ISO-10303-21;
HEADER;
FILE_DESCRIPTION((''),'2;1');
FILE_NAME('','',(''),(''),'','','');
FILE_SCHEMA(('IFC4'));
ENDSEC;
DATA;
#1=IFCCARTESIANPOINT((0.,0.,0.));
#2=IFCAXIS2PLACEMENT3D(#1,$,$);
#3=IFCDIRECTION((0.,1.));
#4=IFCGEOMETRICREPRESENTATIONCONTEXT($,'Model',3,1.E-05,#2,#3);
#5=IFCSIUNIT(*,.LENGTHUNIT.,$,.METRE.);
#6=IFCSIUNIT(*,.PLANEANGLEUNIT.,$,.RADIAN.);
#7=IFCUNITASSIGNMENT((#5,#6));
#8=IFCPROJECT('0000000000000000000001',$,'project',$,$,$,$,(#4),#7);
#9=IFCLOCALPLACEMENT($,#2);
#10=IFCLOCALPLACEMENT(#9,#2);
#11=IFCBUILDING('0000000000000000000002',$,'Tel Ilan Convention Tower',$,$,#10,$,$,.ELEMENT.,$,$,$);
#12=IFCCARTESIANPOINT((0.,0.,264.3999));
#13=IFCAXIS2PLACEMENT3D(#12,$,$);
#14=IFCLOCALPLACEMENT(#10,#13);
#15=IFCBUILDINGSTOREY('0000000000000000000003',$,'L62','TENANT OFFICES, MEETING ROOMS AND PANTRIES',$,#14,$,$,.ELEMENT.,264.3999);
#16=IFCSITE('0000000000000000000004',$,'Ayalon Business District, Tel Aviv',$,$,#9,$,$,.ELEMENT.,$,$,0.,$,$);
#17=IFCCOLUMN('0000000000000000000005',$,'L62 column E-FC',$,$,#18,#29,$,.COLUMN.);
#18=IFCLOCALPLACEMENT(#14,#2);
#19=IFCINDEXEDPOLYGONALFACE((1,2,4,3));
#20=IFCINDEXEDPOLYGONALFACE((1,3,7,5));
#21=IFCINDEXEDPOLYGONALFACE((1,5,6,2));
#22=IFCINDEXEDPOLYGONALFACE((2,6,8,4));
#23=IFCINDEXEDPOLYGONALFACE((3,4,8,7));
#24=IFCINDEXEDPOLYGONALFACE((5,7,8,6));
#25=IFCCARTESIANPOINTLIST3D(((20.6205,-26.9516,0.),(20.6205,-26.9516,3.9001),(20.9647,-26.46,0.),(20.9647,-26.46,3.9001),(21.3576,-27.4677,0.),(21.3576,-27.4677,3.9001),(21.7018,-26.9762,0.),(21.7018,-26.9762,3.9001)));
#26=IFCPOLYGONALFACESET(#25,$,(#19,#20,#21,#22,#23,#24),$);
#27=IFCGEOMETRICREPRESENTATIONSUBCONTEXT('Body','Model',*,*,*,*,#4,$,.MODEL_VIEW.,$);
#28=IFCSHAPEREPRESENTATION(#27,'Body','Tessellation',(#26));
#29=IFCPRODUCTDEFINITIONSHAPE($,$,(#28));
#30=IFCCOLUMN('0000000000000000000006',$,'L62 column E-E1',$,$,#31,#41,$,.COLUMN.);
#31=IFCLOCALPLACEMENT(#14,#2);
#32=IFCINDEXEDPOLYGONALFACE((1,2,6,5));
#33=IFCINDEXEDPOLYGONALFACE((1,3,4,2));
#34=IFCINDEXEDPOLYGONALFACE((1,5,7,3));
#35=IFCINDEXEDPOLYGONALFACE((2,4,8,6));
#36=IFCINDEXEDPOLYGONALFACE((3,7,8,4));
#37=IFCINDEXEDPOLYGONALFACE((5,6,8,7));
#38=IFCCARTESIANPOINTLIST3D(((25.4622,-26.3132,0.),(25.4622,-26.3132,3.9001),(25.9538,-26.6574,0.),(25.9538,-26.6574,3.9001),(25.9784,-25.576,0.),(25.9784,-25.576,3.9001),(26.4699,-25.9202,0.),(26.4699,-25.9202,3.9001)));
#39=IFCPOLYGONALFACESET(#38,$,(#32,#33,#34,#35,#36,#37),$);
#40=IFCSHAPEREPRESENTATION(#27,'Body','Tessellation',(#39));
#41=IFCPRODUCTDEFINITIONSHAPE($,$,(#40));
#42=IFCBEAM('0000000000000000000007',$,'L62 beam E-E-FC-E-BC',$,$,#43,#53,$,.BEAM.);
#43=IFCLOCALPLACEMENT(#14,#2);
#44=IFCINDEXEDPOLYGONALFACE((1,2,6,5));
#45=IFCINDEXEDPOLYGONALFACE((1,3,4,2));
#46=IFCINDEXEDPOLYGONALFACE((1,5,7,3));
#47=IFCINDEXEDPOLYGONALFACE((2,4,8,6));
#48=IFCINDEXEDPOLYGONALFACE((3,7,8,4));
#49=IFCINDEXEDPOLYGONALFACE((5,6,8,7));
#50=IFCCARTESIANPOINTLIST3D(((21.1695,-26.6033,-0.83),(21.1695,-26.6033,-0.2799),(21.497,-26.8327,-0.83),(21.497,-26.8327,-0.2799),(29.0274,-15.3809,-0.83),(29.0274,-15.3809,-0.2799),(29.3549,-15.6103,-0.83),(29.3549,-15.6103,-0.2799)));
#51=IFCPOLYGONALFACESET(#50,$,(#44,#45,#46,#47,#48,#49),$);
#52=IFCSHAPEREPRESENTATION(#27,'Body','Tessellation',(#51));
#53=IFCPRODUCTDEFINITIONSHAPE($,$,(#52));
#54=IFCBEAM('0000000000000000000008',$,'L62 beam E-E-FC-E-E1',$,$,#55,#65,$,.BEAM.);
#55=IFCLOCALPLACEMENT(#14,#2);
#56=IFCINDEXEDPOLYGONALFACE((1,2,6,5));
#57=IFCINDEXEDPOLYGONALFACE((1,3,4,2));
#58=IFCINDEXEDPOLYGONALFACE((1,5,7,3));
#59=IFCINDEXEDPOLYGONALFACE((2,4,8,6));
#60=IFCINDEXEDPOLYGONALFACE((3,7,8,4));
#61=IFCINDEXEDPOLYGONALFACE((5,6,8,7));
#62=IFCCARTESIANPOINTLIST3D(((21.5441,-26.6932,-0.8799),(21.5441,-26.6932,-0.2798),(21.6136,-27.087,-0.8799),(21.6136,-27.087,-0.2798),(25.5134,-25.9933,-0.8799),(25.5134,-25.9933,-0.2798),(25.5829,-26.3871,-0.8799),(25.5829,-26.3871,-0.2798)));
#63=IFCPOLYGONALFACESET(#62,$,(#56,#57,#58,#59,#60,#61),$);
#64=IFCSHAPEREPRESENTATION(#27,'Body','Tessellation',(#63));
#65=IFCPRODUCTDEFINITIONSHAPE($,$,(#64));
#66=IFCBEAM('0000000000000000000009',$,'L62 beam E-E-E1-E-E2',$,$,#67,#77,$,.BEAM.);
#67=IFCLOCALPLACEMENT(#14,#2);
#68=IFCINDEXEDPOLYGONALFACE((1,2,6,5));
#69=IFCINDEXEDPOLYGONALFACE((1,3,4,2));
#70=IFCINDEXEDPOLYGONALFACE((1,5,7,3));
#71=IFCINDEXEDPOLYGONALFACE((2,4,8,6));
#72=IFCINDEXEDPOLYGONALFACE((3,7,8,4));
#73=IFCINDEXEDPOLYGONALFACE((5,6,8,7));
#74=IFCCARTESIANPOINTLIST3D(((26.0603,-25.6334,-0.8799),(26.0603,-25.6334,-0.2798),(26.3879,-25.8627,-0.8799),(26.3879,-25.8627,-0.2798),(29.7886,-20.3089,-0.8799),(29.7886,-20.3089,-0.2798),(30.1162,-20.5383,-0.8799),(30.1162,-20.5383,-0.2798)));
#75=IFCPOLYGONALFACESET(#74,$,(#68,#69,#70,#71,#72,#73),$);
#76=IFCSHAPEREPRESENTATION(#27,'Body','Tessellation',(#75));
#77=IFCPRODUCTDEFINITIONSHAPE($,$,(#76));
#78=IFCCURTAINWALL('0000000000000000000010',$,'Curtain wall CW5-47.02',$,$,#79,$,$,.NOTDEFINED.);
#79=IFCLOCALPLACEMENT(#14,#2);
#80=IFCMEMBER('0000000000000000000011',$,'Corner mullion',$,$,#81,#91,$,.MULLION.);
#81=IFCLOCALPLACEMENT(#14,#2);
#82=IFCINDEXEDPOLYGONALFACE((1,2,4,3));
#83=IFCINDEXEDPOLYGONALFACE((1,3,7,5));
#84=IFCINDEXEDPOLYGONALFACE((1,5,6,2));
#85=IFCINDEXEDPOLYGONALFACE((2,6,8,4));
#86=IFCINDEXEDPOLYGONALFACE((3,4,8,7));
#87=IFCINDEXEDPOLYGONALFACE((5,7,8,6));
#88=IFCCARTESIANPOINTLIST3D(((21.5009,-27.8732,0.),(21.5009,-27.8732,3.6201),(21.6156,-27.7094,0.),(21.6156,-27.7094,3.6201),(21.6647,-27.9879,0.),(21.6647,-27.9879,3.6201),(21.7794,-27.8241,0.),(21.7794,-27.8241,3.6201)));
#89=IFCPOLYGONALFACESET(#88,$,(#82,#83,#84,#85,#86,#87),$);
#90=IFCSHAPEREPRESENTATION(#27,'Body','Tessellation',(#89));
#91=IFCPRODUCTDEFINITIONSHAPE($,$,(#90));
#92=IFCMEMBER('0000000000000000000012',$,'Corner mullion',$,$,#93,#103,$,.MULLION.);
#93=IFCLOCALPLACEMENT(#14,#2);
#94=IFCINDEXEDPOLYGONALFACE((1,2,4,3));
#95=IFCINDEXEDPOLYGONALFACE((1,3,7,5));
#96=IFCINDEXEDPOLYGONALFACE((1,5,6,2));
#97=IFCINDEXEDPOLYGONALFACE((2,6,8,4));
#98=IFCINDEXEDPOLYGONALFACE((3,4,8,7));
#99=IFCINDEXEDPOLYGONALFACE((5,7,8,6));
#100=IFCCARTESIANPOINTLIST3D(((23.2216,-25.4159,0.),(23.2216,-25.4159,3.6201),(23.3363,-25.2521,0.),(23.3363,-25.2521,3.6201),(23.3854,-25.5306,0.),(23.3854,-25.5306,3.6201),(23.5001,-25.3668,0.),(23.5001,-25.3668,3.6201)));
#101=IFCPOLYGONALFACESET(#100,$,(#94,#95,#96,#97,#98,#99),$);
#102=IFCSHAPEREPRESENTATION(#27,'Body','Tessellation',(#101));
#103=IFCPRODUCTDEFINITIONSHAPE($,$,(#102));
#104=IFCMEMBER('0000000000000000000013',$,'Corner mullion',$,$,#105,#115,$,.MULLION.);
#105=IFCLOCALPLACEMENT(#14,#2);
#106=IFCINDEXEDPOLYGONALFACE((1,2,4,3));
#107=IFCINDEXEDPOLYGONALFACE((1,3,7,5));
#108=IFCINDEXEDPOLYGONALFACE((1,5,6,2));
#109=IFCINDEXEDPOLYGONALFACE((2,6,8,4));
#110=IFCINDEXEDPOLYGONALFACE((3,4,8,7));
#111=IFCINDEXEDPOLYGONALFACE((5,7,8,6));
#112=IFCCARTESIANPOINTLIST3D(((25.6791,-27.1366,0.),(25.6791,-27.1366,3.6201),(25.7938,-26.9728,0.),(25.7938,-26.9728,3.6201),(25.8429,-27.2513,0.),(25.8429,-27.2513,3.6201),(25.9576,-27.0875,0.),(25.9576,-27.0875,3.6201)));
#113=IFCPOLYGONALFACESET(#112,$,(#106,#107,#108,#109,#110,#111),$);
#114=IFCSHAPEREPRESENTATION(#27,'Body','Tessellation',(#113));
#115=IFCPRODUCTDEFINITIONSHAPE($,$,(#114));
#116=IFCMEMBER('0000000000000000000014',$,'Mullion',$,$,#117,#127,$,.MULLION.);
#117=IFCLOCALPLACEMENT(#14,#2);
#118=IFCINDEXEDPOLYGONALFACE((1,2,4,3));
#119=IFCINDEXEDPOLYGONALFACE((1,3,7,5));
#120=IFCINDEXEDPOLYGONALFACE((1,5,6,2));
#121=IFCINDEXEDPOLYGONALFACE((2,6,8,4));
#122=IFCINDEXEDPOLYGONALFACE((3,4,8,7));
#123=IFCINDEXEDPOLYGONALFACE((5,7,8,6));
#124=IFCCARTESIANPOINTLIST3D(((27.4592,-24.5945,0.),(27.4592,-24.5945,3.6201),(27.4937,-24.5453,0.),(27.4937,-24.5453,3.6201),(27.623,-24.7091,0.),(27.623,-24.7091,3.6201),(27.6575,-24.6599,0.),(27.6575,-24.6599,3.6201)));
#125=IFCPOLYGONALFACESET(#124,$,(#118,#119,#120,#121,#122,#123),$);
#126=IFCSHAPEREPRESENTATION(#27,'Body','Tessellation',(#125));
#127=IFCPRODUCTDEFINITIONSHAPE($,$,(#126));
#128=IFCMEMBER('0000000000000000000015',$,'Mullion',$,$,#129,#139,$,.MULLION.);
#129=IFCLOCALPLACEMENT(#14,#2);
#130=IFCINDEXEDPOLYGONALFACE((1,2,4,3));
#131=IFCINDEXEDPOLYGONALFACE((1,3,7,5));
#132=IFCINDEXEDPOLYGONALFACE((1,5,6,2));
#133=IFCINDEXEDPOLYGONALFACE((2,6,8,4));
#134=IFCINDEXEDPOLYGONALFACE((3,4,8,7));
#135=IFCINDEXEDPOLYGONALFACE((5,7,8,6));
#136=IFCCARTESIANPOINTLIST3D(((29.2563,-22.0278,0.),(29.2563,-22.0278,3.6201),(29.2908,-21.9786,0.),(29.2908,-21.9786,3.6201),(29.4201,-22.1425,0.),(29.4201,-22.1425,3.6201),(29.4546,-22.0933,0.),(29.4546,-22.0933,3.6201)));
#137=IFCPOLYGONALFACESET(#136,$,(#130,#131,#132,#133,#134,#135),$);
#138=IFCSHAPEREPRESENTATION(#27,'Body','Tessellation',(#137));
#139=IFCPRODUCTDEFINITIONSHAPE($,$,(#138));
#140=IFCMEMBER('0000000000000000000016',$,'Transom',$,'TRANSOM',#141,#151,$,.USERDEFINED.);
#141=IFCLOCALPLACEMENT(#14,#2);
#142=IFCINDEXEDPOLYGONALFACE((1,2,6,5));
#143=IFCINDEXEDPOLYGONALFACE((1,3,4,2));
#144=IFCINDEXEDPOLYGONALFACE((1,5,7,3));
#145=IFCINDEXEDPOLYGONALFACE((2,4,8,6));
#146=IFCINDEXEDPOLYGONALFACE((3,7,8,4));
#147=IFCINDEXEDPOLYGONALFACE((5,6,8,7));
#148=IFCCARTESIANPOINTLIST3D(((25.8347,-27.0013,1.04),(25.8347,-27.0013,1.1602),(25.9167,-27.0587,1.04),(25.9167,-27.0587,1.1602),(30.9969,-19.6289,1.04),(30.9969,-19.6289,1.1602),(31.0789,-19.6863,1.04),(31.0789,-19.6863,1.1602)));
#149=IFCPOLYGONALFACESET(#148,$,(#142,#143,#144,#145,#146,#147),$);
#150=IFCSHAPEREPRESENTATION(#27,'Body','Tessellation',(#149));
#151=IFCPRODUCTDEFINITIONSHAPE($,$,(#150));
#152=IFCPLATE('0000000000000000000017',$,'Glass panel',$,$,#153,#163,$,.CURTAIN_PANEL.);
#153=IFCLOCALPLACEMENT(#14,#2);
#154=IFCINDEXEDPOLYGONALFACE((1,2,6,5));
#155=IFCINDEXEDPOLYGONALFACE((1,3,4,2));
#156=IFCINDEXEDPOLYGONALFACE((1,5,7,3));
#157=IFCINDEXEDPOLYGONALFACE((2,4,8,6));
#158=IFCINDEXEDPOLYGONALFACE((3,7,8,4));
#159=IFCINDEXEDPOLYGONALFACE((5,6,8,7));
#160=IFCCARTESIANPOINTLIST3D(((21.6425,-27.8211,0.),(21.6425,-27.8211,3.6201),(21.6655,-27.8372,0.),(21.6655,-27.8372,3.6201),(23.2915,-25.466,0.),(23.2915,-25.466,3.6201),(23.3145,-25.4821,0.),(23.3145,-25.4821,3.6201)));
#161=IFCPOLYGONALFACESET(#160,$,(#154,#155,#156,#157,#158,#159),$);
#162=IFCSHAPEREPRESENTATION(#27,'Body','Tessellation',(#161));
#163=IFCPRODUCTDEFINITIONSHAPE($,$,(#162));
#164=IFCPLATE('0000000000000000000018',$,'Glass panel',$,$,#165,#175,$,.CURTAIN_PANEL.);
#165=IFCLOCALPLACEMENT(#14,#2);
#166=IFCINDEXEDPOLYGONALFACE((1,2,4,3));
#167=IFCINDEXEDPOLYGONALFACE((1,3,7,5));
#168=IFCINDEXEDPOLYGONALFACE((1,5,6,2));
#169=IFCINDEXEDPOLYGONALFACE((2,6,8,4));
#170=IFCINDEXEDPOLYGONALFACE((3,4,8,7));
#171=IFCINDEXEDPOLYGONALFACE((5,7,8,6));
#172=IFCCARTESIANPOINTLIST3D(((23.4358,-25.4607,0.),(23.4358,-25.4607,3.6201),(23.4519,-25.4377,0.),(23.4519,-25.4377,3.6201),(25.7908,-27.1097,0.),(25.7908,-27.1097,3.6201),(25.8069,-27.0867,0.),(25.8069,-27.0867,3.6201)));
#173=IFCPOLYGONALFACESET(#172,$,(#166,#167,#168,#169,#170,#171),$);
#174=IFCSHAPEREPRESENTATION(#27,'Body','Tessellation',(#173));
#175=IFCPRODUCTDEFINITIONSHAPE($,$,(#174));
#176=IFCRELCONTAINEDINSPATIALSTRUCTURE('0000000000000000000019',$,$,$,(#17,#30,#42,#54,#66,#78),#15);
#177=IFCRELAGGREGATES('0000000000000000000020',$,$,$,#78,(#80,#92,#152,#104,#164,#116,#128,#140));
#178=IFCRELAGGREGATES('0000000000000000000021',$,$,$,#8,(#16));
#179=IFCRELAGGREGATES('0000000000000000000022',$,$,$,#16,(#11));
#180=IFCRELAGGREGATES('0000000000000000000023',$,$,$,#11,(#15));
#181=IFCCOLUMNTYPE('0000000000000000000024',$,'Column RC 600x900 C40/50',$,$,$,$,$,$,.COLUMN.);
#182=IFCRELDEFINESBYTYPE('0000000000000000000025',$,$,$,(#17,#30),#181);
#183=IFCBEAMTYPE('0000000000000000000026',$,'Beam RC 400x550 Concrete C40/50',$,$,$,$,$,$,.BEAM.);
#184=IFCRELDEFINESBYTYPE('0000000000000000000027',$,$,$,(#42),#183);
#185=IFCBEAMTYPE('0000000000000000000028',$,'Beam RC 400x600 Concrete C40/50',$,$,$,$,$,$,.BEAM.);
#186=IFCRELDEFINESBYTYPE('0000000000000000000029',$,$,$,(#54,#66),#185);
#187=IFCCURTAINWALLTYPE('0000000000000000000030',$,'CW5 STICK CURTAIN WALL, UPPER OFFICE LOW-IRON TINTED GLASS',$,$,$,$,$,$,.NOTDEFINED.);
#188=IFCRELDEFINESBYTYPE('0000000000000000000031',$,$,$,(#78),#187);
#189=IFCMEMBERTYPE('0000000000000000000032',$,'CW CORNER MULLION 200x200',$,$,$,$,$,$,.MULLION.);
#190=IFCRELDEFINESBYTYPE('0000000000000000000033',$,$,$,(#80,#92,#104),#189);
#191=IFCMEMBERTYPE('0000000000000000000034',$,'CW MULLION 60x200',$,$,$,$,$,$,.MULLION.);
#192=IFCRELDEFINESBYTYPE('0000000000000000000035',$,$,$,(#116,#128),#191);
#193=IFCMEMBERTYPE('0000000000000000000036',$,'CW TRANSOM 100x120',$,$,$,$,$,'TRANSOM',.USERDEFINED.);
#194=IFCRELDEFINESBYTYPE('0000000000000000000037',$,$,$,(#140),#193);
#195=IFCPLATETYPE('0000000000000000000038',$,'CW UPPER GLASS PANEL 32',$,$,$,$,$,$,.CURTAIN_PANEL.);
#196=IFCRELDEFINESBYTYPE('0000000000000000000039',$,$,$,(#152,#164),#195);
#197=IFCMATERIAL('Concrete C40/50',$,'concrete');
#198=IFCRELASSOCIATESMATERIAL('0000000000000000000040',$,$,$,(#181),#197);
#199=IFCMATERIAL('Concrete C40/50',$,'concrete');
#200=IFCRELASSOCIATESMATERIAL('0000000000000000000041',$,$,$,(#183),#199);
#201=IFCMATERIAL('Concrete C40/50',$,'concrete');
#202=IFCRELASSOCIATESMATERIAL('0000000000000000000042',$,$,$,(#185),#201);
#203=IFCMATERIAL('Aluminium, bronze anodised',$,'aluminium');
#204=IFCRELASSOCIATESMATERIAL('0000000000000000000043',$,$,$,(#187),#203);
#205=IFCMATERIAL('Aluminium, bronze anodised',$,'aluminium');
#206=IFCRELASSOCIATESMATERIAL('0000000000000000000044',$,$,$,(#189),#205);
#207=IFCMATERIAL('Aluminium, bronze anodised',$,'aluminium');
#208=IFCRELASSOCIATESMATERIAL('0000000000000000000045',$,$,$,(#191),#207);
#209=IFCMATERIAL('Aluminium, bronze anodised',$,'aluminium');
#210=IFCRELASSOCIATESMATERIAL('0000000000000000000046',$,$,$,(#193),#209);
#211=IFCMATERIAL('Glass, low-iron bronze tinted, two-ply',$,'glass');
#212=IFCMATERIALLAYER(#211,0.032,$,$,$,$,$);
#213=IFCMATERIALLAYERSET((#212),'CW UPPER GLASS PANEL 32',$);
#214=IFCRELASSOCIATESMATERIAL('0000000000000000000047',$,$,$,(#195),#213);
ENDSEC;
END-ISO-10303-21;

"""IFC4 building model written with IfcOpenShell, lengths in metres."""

from ifc_helpers import new_model, si_unit, direction, frame, origin, origin_2d, place, context, subcontext, project, spatial, rectangle, extrude, material, layer, layer_set, material_profile, profile_set, type_object, element, aggregate, save


model = new_model("IFC4")

# Units and contexts
model_context = context("Model", 3, precision=1e-05, world=origin(), true_north=direction((0.0, 1.0)))
body_context = subcontext(model_context, "Body", "Model", "MODEL_VIEW")
ifc_project = project(units=[si_unit("LENGTHUNIT", "METRE"), si_unit("PLANEANGLEUNIT", "RADIAN")], contexts=[model_context])

# Site, building, storey
site_placement = place(None, origin())
site = spatial("IfcSite", under=ifc_project, at=site_placement, Name="Ayalon Business District, Tel Aviv", CompositionType="ELEMENT", RefElevation=0.0)
building_placement = place(site_placement, origin())
building = spatial("IfcBuilding", under=site, at=building_placement, Name="Tel Ilan Convention Tower", CompositionType="ELEMENT")
storey_placement = place(building_placement, frame((0.0, 0.0, 264.3999)))
storey = spatial("IfcBuildingStorey", under=building, at=storey_placement, Name="L62", Description="TENANT OFFICES, MEETING ROOMS AND PANTRIES", CompositionType="ELEMENT", Elevation=264.3999)

# Columns
ifc_material_1 = material(Name="Concrete C40/50", Category="concrete")
ifc_material_profile_1 = material_profile(ifc_material_1, rectangle(XDim=0.8999, YDim=0.6001, at=origin_2d()), Name="RC 600x900")
ifc_profile_set_1 = profile_set([ifc_material_profile_1], Name="Concrete C40/50")
column_type = type_object("IfcColumnType", Name="Column RC 600x900 C40/50", PredefinedType="COLUMN", material=ifc_profile_set_1)
for number, where, z_axis, x_axis, name in (
    (1, (21.1611, -26.9639, 0.0), (0.0, 0.0, 1.0), (0.819152, -0.573576, 0.0), "L62 column E-FC"),
    (2, (25.9661, -26.1167, 0.0), (0.0, 0.0, 1.0), (0.573576, 0.819152, 0.0), "L62 column E-E1"),
):
    element("IfcColumn", number, at=place(storey_placement, frame(where, z_axis=z_axis, x_axis=x_axis)), inside=storey, type_object=column_type, Name=name, PredefinedType="COLUMN", context=body_context, shape_type="SweptSolid", body=[
        extrude(rectangle(XDim=0.8999, YDim=0.6001, at=origin_2d()), origin(), (0.0, 0.0, 1.0), 3.9001),
    ])

# Beams
ifc_material_2 = material(Name="Concrete C40/50", Category="concrete")
ifc_material_profile_2 = material_profile(ifc_material_2, rectangle(XDim=0.3999, YDim=0.55, at=origin_2d()), Name="RC 400x550")
ifc_profile_set_2 = profile_set([ifc_material_profile_2], Name="Concrete C40/50")
beam_type_1 = type_object("IfcBeamType", Name="Beam RC 400x550 Concrete C40/50", PredefinedType="BEAM", material=ifc_profile_set_2)
beam_1_placement = place(storey_placement, frame((21.3333, -26.718, -0.5549), z_axis=(0.573571, 0.819156, 0.0), x_axis=(-0.819156, 0.573571, 0.0)))
element("IfcBeam", 3, at=beam_1_placement, inside=storey, type_object=beam_type_1, Name="L62 beam E-E-FC-E-BC", PredefinedType="BEAM", context=body_context, shape_type="SweptSolid", body=[
    extrude(rectangle(XDim=0.3999, YDim=0.55, at=origin_2d()), origin(), (0.0, 0.0, 1.0), 13.7),
])
ifc_material_3 = material(Name="Concrete C40/50", Category="concrete")
ifc_material_profile_3 = material_profile(ifc_material_3, rectangle(XDim=0.3999, YDim=0.6001, at=origin_2d()), Name="RC 400x600")
ifc_profile_set_3 = profile_set([ifc_material_profile_3], Name="Concrete C40/50")
beam_type_2 = type_object("IfcBeamType", Name="Beam RC 400x600 Concrete C40/50", PredefinedType="BEAM", material=ifc_profile_set_3)
beam_2_placement = place(storey_placement, frame((21.5789, -26.8901, -0.5798), z_axis=(0.984805, 0.173664, 0.0), x_axis=(-0.173664, 0.984805, 0.0)))
element("IfcBeam", 4, at=beam_2_placement, inside=storey, type_object=beam_type_2, Name="L62 beam E-E-FC-E-E1", PredefinedType="BEAM", context=body_context, shape_type="SweptSolid", body=[
    extrude(rectangle(XDim=0.3999, YDim=0.6001, at=origin_2d()), origin(), (0.0, 0.0, 1.0), 4.0305),
])
beam_3_placement = place(storey_placement, frame((26.2241, -25.748, -0.5798), z_axis=(0.573581, 0.819149, 0.0), x_axis=(-0.819149, 0.573581, 0.0)))
element("IfcBeam", 5, at=beam_3_placement, inside=storey, type_object=beam_type_2, Name="L62 beam E-E-E1-E-E2", PredefinedType="BEAM", context=body_context, shape_type="SweptSolid", body=[
    extrude(rectangle(XDim=0.3999, YDim=0.6001, at=origin_2d()), origin(), (0.0, 0.0, 1.0), 6.5),
])

# Curtain wall, members, plates
ifc_material_4 = material(Name="Aluminium, bronze anodised", Category="aluminium")
curtain_wall_type = type_object("IfcCurtainWallType", Name="CW5 STICK CURTAIN WALL, UPPER OFFICE LOW-IRON TINTED GLASS", PredefinedType="NOTDEFINED", material=ifc_material_4)
curtain_wall_placement = place(storey_placement, origin())
curtain_wall = element("IfcCurtainWall", 6, at=curtain_wall_placement, inside=storey, type_object=curtain_wall_type, Name="Curtain wall CW5-47.02", PredefinedType="NOTDEFINED")
ifc_material_5 = material(Name="Aluminium, bronze anodised", Category="aluminium")
ifc_material_profile_4 = material_profile(ifc_material_5, rectangle(XDim=0.2, YDim=0.2, at=origin_2d()), Name="CW CORNER MULLION 200x200")
ifc_profile_set_4 = profile_set([ifc_material_profile_4], Name="Aluminium, bronze anodised")
member_type_1 = type_object("IfcMemberType", Name="CW CORNER MULLION 200x200", PredefinedType="MULLION", material=ifc_profile_set_4)
member_1_placement = place(storey_placement, frame((21.6401, -27.8486, 0.0), z_axis=(0.0, 0.0, 1.0), x_axis=(0.819152, -0.573576, 0.0)))
member_1 = element("IfcMember", 7, at=member_1_placement, type_object=member_type_1, Name="Corner mullion", PredefinedType="MULLION", context=body_context, shape_type="SweptSolid", body=[
    extrude(rectangle(XDim=0.2, YDim=0.2, at=origin_2d()), origin(), (0.0, 0.0, 1.0), 3.6201),
])
member_2_placement = place(storey_placement, frame((23.3608, -25.3914, 0.0), z_axis=(0.0, 0.0, 1.0), x_axis=(0.573576, 0.819152, 0.0)))
member_2 = element("IfcMember", 8, at=member_2_placement, type_object=member_type_1, Name="Corner mullion", PredefinedType="MULLION", context=body_context, shape_type="SweptSolid", body=[
    extrude(rectangle(XDim=0.2, YDim=0.2, at=origin_2d()), origin(), (0.0, 0.0, 1.0), 3.6201),
])
member_3_placement = place(storey_placement, frame((25.8184, -27.1121, 0.0), z_axis=(0.0, 0.0, 1.0), x_axis=(0.819152, -0.573576, 0.0)))
member_3 = element("IfcMember", 9, at=member_3_placement, type_object=member_type_1, Name="Corner mullion", PredefinedType="MULLION", context=body_context, shape_type="SweptSolid", body=[
    extrude(rectangle(XDim=0.2, YDim=0.2, at=origin_2d()), origin(), (0.0, 0.0, 1.0), 3.6201),
])
ifc_material_6 = material(Name="Aluminium, bronze anodised", Category="aluminium")
ifc_material_profile_5 = material_profile(ifc_material_6, rectangle(XDim=0.0601, YDim=0.2, at=origin_2d()), Name="CW MULLION 60x200")
ifc_profile_set_5 = profile_set([ifc_material_profile_5], Name="Aluminium, bronze anodised")
member_type_2 = type_object("IfcMemberType", Name="CW MULLION 60x200", PredefinedType="MULLION", material=ifc_profile_set_5)
member_4_placement = place(storey_placement, frame((27.5583, -24.6272, 0.0), z_axis=(0.0, 0.0, 1.0), x_axis=(0.573576, 0.819152, 0.0)))
member_4 = element("IfcMember", 10, at=member_4_placement, type_object=member_type_2, Name="Mullion", PredefinedType="MULLION", context=body_context, shape_type="SweptSolid", body=[
    extrude(rectangle(XDim=0.0601, YDim=0.2, at=origin_2d()), origin(), (0.0, 0.0, 1.0), 3.6201),
])
member_5_placement = place(storey_placement, frame((29.3555, -22.0605, 0.0), z_axis=(0.0, 0.0, 1.0), x_axis=(0.573576, 0.819152, 0.0)))
member_5 = element("IfcMember", 11, at=member_5_placement, type_object=member_type_2, Name="Mullion", PredefinedType="MULLION", context=body_context, shape_type="SweptSolid", body=[
    extrude(rectangle(XDim=0.0601, YDim=0.2, at=origin_2d()), origin(), (0.0, 0.0, 1.0), 3.6201),
])
ifc_material_7 = material(Name="Aluminium, bronze anodised", Category="aluminium")
ifc_material_profile_6 = material_profile(ifc_material_7, rectangle(XDim=0.1001, YDim=0.1201, at=origin_2d()), Name="CW TRANSOM 100x120")
ifc_profile_set_6 = profile_set([ifc_material_profile_6], Name="Aluminium, bronze anodised")
member_type_3 = type_object("IfcMemberType", Name="CW TRANSOM 100x120", ElementType="TRANSOM", PredefinedType="USERDEFINED", material=ifc_profile_set_6)
member_6_placement = place(storey_placement, frame((25.8757, -27.03, 1.1001), z_axis=(0.573573, 0.819154, 0.0), x_axis=(-0.819154, 0.573573, 0.0)))
member_6 = element("IfcMember", 12, at=member_6_placement, type_object=member_type_3, Name="Transom", ObjectType="TRANSOM", PredefinedType="USERDEFINED", context=body_context, shape_type="SweptSolid", body=[
    extrude(rectangle(XDim=0.1001, YDim=0.1201, at=origin_2d()), origin(), (0.0, 0.0, 1.0), 9.0),
])
ifc_material_8 = material(Name="Glass, low-iron bronze tinted, two-ply", Category="glass")
ifc_layer_1 = layer(ifc_material_8, 0.032)
ifc_layer_set_1 = layer_set([ifc_layer_1], Name="CW UPPER GLASS PANEL 32")
plate_type = type_object("IfcPlateType", Name="CW UPPER GLASS PANEL 32", PredefinedType="CURTAIN_PANEL", material=ifc_layer_set_1)
plate_1_placement = place(storey_placement, frame((22.4785, -26.6516, 0.0), z_axis=(0.0, 0.0, 1.0), x_axis=(0.573576, 0.819152, 0.0)))
plate_1 = element("IfcPlate", 13, at=plate_1_placement, type_object=plate_type, Name="Glass panel", PredefinedType="CURTAIN_PANEL", context=body_context, shape_type="SweptSolid", body=[
    extrude(rectangle(XDim=2.875, YDim=0.0281, at=origin_2d()), origin(), (0.0, 0.0, 1.0), 3.6201),
])
plate_2_placement = place(storey_placement, frame((24.6213, -26.2737, 0.0), z_axis=(0.0, 0.0, 1.0), x_axis=(0.819152, -0.573576, 0.0)))
plate_2 = element("IfcPlate", 14, at=plate_2_placement, type_object=plate_type, Name="Glass panel", PredefinedType="CURTAIN_PANEL", context=body_context, shape_type="SweptSolid", body=[
    extrude(rectangle(XDim=2.875, YDim=0.0281, at=origin_2d()), origin(), (0.0, 0.0, 1.0), 3.6201),
])
aggregate(curtain_wall, [member_1, member_2, plate_1, member_3, plate_2, member_4, member_5, member_6])

save(model, "model.ifc")
